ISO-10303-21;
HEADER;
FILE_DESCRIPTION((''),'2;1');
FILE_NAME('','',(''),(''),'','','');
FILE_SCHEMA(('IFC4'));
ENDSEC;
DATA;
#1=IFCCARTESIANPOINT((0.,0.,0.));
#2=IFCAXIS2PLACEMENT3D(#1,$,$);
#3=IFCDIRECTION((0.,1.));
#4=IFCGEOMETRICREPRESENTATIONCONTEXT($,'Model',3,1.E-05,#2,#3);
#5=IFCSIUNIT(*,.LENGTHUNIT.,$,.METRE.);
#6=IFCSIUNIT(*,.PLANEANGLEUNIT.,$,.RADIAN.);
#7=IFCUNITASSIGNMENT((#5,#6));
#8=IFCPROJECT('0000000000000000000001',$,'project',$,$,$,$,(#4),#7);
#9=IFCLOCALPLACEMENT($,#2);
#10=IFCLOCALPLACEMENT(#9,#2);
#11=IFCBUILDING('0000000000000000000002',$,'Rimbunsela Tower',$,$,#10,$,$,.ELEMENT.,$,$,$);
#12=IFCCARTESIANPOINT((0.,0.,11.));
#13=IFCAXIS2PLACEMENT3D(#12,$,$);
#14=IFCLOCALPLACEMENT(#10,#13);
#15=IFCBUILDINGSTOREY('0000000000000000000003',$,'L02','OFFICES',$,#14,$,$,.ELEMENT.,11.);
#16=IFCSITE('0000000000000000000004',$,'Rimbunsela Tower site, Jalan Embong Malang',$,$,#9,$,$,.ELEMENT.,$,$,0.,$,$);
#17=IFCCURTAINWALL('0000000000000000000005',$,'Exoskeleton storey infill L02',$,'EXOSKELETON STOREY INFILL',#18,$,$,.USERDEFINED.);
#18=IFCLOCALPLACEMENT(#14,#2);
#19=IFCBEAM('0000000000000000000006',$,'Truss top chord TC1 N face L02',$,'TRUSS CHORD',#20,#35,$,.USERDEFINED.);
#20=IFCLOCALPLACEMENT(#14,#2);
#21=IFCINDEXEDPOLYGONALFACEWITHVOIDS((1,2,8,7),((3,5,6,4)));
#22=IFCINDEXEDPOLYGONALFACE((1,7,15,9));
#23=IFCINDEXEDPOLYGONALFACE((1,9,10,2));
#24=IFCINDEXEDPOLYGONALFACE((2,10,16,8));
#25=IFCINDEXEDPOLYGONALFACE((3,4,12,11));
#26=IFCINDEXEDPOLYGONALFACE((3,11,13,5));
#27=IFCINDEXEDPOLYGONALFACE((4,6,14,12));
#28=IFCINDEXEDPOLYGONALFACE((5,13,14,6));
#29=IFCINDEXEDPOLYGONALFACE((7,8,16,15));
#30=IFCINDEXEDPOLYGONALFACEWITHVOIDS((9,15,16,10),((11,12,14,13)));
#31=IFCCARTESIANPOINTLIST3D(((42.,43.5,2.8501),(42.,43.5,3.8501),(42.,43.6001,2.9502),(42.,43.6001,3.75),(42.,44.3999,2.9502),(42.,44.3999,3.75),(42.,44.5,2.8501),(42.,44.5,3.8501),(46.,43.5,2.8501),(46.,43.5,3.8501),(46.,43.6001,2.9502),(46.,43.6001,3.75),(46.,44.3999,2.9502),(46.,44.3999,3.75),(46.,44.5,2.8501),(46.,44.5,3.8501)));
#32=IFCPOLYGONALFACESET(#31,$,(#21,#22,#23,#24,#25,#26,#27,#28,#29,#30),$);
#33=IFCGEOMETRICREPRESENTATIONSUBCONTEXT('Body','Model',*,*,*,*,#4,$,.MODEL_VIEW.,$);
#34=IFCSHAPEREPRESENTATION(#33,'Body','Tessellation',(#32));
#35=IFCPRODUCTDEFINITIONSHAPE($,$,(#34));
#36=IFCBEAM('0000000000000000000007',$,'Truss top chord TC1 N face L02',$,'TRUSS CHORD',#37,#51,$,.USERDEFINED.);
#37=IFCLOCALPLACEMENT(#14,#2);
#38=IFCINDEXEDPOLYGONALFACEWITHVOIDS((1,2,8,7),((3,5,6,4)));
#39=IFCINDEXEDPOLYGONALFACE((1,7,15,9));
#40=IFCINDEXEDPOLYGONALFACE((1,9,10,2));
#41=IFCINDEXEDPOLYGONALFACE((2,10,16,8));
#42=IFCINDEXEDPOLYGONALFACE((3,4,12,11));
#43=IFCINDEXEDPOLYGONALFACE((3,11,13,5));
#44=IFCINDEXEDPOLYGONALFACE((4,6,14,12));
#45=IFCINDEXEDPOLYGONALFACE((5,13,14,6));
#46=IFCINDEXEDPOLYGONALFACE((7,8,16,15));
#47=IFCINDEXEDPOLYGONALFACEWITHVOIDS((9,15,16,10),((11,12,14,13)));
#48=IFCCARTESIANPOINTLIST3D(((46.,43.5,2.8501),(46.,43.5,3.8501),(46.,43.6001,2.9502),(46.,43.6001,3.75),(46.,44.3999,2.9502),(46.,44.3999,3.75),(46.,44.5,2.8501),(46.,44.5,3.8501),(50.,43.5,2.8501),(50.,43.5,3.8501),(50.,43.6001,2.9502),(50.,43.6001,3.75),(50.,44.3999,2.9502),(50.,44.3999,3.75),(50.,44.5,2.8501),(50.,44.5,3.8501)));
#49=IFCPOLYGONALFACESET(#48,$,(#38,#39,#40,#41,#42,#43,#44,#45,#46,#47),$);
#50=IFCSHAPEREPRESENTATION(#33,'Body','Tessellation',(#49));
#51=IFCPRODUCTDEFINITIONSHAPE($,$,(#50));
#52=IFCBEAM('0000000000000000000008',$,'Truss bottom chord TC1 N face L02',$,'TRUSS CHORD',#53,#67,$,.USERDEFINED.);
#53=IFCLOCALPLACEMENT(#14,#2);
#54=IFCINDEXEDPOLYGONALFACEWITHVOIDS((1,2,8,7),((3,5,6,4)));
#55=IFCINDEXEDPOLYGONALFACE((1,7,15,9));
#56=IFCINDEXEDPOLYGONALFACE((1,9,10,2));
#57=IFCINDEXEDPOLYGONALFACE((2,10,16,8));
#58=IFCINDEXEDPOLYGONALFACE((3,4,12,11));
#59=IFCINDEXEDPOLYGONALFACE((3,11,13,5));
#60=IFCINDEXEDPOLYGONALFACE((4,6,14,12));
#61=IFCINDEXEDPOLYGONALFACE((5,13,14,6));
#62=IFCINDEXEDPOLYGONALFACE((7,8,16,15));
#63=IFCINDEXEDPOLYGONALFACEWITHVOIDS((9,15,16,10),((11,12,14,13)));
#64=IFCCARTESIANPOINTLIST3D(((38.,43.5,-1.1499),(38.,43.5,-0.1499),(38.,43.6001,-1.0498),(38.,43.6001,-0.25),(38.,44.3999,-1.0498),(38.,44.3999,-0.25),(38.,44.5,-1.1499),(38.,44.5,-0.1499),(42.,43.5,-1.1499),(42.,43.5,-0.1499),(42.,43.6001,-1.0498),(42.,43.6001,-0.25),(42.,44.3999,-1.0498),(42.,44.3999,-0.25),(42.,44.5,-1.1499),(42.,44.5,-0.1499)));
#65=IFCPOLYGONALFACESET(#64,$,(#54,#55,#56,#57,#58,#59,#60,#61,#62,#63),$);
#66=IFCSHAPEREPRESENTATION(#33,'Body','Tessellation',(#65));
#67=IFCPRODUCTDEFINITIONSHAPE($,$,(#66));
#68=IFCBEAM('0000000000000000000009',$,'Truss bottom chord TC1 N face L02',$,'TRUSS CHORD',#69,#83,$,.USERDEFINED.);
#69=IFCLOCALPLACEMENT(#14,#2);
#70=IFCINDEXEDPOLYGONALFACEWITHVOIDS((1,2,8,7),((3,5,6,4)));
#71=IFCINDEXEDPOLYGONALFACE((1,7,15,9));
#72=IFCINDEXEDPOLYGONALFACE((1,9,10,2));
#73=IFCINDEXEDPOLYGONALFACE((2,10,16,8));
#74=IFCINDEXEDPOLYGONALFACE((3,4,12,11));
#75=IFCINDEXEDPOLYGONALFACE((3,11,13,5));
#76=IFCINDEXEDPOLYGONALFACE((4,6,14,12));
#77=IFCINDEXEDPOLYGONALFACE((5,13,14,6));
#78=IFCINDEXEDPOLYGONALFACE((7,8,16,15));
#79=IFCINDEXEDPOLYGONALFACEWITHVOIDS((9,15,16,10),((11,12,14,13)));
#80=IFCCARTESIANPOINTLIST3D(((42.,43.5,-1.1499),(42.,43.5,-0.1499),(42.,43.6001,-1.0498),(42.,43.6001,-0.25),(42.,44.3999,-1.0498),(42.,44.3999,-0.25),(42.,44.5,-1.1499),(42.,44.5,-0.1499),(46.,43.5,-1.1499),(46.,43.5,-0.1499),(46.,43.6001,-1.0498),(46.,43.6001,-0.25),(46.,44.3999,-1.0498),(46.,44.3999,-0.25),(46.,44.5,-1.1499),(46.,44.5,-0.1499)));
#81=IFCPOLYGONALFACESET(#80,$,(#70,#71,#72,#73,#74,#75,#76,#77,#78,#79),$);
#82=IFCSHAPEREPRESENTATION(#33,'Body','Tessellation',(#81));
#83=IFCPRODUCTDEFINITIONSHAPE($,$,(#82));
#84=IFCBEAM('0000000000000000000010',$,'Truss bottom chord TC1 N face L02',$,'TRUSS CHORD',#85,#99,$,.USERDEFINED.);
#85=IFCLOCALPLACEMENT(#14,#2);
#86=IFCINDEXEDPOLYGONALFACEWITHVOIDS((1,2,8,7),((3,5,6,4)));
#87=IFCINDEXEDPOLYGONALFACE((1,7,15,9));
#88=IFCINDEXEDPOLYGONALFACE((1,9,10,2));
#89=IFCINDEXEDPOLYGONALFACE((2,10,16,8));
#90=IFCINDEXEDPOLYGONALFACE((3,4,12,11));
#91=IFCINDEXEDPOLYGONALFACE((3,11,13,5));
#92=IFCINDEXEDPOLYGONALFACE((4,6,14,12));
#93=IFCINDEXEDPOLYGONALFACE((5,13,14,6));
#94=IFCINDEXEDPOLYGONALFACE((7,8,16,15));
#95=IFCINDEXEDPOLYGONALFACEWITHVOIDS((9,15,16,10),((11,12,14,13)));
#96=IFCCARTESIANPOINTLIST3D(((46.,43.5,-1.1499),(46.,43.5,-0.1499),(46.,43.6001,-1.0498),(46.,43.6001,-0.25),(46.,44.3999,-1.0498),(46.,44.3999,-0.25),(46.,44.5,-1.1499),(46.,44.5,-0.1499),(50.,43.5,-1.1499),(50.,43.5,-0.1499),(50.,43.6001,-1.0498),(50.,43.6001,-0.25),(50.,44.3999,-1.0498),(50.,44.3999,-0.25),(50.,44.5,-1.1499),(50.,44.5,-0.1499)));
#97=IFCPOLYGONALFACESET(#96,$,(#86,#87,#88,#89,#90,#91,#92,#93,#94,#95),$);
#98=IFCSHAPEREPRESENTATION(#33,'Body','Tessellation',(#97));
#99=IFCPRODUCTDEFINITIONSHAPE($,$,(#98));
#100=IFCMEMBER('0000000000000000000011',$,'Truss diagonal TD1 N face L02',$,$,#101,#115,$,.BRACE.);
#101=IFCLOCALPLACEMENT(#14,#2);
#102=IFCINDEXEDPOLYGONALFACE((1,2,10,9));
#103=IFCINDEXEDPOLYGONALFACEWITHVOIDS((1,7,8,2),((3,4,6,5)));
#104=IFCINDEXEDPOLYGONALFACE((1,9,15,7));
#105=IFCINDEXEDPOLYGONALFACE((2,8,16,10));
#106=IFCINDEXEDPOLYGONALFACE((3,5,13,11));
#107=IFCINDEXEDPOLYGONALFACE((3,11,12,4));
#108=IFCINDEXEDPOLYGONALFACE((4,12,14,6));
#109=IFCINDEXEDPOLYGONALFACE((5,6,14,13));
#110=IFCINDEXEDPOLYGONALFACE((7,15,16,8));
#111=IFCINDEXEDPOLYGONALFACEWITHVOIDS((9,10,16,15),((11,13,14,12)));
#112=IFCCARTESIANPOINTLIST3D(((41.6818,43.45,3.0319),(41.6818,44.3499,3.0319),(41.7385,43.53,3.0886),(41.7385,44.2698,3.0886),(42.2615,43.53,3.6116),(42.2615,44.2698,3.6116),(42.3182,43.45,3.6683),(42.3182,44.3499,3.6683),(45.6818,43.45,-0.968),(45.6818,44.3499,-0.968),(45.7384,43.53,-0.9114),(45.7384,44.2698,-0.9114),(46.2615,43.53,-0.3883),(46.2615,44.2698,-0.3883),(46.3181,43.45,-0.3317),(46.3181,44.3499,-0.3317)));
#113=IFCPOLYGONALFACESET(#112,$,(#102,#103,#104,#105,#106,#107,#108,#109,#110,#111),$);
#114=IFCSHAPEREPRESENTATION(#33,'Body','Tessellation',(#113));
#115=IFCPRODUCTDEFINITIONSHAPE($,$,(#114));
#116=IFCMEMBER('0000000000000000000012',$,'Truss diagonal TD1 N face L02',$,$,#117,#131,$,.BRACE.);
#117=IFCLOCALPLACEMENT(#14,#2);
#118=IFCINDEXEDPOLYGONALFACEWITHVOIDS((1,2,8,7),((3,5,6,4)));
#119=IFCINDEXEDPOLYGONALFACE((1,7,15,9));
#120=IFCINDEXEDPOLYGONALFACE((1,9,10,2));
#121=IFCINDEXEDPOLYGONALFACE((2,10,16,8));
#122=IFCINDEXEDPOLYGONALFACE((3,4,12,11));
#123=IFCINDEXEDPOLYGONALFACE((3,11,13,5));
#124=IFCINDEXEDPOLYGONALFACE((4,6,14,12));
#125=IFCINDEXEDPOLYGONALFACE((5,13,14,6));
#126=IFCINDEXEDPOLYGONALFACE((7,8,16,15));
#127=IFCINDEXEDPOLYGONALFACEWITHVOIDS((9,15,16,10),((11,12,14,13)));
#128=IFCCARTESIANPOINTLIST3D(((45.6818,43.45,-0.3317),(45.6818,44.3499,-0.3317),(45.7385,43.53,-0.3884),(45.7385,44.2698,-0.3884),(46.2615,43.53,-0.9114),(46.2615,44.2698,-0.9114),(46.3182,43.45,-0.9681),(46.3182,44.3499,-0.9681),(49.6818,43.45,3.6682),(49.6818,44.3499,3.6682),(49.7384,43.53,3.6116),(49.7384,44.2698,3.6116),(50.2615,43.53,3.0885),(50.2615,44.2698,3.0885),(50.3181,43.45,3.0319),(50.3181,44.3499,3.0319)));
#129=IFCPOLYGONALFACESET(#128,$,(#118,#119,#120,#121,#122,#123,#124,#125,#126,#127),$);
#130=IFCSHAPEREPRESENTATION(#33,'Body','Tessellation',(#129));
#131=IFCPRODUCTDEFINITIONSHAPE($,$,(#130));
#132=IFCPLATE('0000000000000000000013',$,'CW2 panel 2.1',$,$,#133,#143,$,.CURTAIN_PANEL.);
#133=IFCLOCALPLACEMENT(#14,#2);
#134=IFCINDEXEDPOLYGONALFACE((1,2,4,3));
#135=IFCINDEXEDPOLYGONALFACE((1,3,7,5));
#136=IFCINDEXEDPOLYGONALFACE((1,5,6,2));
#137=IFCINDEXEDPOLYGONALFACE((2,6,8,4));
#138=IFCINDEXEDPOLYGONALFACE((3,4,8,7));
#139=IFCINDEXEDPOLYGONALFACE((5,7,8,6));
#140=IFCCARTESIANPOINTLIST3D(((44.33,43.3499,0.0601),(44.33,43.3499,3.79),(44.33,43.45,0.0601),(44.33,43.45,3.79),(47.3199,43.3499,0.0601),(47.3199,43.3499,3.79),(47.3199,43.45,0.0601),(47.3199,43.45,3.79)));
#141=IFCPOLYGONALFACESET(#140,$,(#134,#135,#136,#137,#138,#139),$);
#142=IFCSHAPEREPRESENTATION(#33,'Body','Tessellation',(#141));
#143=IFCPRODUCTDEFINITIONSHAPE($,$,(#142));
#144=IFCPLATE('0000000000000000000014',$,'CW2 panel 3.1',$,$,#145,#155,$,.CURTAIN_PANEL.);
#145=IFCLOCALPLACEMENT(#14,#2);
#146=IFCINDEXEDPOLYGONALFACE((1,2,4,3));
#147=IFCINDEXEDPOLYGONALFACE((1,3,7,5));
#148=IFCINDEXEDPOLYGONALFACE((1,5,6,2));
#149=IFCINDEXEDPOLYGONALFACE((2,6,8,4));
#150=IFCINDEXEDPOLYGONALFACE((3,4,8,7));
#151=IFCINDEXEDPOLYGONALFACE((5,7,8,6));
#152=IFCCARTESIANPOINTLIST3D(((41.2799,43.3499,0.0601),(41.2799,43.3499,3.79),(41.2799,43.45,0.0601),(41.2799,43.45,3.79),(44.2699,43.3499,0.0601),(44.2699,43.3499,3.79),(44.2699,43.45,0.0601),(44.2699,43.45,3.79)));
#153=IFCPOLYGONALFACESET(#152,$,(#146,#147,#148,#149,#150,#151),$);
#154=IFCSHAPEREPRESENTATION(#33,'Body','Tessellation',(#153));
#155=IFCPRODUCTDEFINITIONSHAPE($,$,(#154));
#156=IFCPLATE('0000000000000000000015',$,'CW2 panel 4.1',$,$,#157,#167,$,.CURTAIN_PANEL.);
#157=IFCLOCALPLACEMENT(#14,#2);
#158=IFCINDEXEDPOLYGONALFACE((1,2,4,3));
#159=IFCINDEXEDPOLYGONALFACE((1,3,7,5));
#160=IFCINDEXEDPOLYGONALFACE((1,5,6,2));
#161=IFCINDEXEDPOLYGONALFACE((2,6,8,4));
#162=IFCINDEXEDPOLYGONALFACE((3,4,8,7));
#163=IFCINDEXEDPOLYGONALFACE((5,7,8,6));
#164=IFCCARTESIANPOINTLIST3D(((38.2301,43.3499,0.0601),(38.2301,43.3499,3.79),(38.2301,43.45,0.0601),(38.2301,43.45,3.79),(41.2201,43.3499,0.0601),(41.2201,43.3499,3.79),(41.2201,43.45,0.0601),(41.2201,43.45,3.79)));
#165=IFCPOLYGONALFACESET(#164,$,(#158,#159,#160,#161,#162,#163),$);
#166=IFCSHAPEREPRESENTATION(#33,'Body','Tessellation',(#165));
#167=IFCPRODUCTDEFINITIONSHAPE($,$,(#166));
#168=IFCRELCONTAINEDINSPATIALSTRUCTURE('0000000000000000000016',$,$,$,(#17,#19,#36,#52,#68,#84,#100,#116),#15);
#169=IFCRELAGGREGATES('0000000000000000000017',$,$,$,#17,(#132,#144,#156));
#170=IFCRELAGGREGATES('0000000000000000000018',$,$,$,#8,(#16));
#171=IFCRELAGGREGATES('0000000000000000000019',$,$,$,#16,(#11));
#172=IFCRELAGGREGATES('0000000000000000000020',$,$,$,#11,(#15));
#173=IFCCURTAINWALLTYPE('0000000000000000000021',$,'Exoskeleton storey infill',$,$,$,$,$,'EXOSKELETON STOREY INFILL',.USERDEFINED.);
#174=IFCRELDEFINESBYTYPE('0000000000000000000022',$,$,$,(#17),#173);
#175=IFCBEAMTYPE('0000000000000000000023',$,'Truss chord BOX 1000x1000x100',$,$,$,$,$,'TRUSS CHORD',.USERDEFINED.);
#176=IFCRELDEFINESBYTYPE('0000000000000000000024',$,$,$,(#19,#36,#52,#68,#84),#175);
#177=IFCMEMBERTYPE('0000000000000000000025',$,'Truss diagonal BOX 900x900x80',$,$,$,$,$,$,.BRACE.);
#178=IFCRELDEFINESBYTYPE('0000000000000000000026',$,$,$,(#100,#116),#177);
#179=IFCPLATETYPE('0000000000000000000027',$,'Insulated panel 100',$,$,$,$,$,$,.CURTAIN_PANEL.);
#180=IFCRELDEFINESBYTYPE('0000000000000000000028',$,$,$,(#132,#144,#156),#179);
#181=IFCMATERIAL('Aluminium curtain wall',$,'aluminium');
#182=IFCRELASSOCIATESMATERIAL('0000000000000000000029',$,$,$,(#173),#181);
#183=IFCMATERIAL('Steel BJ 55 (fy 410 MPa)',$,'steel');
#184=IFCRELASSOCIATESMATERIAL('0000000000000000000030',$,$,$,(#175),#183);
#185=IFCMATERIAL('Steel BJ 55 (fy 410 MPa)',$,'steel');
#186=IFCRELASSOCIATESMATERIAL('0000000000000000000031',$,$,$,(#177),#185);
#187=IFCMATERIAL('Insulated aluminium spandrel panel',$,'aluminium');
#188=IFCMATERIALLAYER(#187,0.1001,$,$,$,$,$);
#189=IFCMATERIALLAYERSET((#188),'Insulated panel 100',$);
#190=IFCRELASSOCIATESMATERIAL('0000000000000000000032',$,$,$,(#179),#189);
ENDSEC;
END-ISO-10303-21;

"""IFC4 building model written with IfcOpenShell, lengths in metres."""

from ifc_helpers import new_model, si_unit, direction, frame, origin, origin_2d, place, context, subcontext, project, spatial, rectangle, hollow_rectangle, extrude, material, layer, layer_set, material_profile, profile_set, type_object, element, aggregate, save


model = new_model("IFC4")

# Units and contexts
model_context = context("Model", 3, precision=1e-05, world=origin(), true_north=direction((0.0, 1.0)))
body_context = subcontext(model_context, "Body", "Model", "MODEL_VIEW")
ifc_project = project(units=[si_unit("LENGTHUNIT", "METRE"), si_unit("PLANEANGLEUNIT", "RADIAN")], contexts=[model_context])

# Site, building, storey
site_placement = place(None, origin())
site = spatial("IfcSite", under=ifc_project, at=site_placement, Name="Rimbunsela Tower site, Jalan Embong Malang", CompositionType="ELEMENT", RefElevation=0.0)
building_placement = place(site_placement, origin())
building = spatial("IfcBuilding", under=site, at=building_placement, Name="Rimbunsela Tower", CompositionType="ELEMENT")
storey_placement = place(building_placement, frame((0.0, 0.0, 11.0)))
storey = spatial("IfcBuildingStorey", under=building, at=storey_placement, Name="L02", Description="OFFICES", CompositionType="ELEMENT", Elevation=11.0)

# Curtain wall
ifc_material_1 = material(Name="Aluminium curtain wall", Category="aluminium")
curtain_wall_type = type_object("IfcCurtainWallType", Name="Exoskeleton storey infill", ElementType="EXOSKELETON STOREY INFILL", PredefinedType="USERDEFINED", material=ifc_material_1)
curtain_wall_placement = place(storey_placement, origin())
curtain_wall = element("IfcCurtainWall", 1, at=curtain_wall_placement, inside=storey, type_object=curtain_wall_type, Name="Exoskeleton storey infill L02", ObjectType="EXOSKELETON STOREY INFILL", PredefinedType="USERDEFINED")

# Beams
ifc_material_2 = material(Name="Steel BJ 55 (fy 410 MPa)", Category="steel")
ifc_material_profile_1 = material_profile(ifc_material_2, hollow_rectangle(XDim=1.0, YDim=1.0, WallThickness=0.1001, at=origin_2d()), Name="BOX 1000x1000x100")
ifc_profile_set_1 = profile_set([ifc_material_profile_1], Name="Steel BJ 55 (fy 410 MPa)")
beam_type = type_object("IfcBeamType", Name="Truss chord BOX 1000x1000x100", ElementType="TRUSS CHORD", PredefinedType="USERDEFINED", material=ifc_profile_set_1)
for number, where, z_axis, x_axis, name in (
    (2, (42.0, 44.0, 3.3501), (1.0, 0.0, 0.0), (0.0, 1.0, 0.0), "Truss top chord TC1 N face L02"),
    (3, (46.0, 44.0, 3.3501), (1.0, 0.0, 0.0), (0.0, 1.0, 0.0), "Truss top chord TC1 N face L02"),
    (4, (38.0, 44.0, -0.6499), (1.0, 0.0, 0.0), (0.0, 1.0, 0.0), "Truss bottom chord TC1 N face L02"),
    (5, (42.0, 44.0, -0.6499), (1.0, 0.0, 0.0), (0.0, 1.0, 0.0), "Truss bottom chord TC1 N face L02"),
    (6, (46.0, 44.0, -0.6499), (1.0, 0.0, 0.0), (0.0, 1.0, 0.0), "Truss bottom chord TC1 N face L02"),
):
    element("IfcBeam", number, at=place(storey_placement, frame(where, z_axis=z_axis, x_axis=x_axis)), inside=storey, type_object=beam_type, Name=name, ObjectType="TRUSS CHORD", PredefinedType="USERDEFINED", context=body_context, shape_type="SweptSolid", body=[
        extrude(hollow_rectangle(XDim=1.0, YDim=1.0, WallThickness=0.1001, at=origin_2d()), origin(), (0.0, 0.0, 1.0), 4.0),
    ])

# Members
ifc_material_3 = material(Name="Steel BJ 55 (fy 410 MPa)", Category="steel")
ifc_material_profile_2 = material_profile(ifc_material_3, hollow_rectangle(XDim=0.8999, YDim=0.8999, WallThickness=0.0801, at=origin_2d()), Name="BOX 900x900x80")
ifc_profile_set_2 = profile_set([ifc_material_profile_2], Name="Steel BJ 55 (fy 410 MPa)")
member_type_1 = type_object("IfcMemberType", Name="Truss diagonal BOX 900x900x80", PredefinedType="BRACE", material=ifc_profile_set_2)
for number, where, z_axis, x_axis, name in (
    (7, (42.0, 43.8999, 3.3501), (0.707107, 0.0, -0.707107), (0.0, 1.0, 0.0), "Truss diagonal TD1 N face L02"),
    (8, (46.0, 43.8999, -0.6499), (0.707107, 0.0, 0.707107), (0.0, 1.0, 0.0), "Truss diagonal TD1 N face L02"),
):
    element("IfcMember", number, at=place(storey_placement, frame(where, z_axis=z_axis, x_axis=x_axis)), inside=storey, type_object=member_type_1, Name=name, PredefinedType="BRACE", context=body_context, shape_type="SweptSolid", body=[
        extrude(hollow_rectangle(XDim=0.8999, YDim=0.8999, WallThickness=0.0801, at=origin_2d()), origin(), (0.0, 0.0, 1.0), 5.6567),
    ])

# Plates
ifc_material_4 = material(Name="Insulated aluminium spandrel panel", Category="aluminium")
ifc_layer = layer(ifc_material_4, 0.1001)
ifc_layer_set = layer_set([ifc_layer], Name="Insulated panel 100")
plate_type = type_object("IfcPlateType", Name="Insulated panel 100", PredefinedType="CURTAIN_PANEL", material=ifc_layer_set)
plate_1_placement = place(storey_placement, frame((45.825, 43.3999, 0.0601), z_axis=(0.0, 0.0, 1.0), x_axis=(-1.0, 0.0, 0.0)))
plate_1 = element("IfcPlate", 9, at=plate_1_placement, type_object=plate_type, Name="CW2 panel 2.1", PredefinedType="CURTAIN_PANEL", context=body_context, shape_type="SweptSolid", body=[
    extrude(rectangle(XDim=2.99, YDim=0.1001, at=origin_2d()), origin(), (0.0, 0.0, 1.0), 3.73),
])
plate_2_placement = place(storey_placement, frame((42.7749, 43.3999, 0.0601), z_axis=(0.0, 0.0, 1.0), x_axis=(-1.0, 0.0, 0.0)))
plate_2 = element("IfcPlate", 10, at=plate_2_placement, type_object=plate_type, Name="CW2 panel 3.1", PredefinedType="CURTAIN_PANEL", context=body_context, shape_type="SweptSolid", body=[
    extrude(rectangle(XDim=2.99, YDim=0.1001, at=origin_2d()), origin(), (0.0, 0.0, 1.0), 3.73),
])
plate_3_placement = place(storey_placement, frame((39.7251, 43.3999, 0.0601), z_axis=(0.0, 0.0, 1.0), x_axis=(-1.0, 0.0, 0.0)))
plate_3 = element("IfcPlate", 11, at=plate_3_placement, type_object=plate_type, Name="CW2 panel 4.1", PredefinedType="CURTAIN_PANEL", context=body_context, shape_type="SweptSolid", body=[
    extrude(rectangle(XDim=2.99, YDim=0.1001, at=origin_2d()), origin(), (0.0, 0.0, 1.0), 3.73),
])
aggregate(curtain_wall, [plate_1, plate_2, plate_3])

save(model, "model.ifc")
